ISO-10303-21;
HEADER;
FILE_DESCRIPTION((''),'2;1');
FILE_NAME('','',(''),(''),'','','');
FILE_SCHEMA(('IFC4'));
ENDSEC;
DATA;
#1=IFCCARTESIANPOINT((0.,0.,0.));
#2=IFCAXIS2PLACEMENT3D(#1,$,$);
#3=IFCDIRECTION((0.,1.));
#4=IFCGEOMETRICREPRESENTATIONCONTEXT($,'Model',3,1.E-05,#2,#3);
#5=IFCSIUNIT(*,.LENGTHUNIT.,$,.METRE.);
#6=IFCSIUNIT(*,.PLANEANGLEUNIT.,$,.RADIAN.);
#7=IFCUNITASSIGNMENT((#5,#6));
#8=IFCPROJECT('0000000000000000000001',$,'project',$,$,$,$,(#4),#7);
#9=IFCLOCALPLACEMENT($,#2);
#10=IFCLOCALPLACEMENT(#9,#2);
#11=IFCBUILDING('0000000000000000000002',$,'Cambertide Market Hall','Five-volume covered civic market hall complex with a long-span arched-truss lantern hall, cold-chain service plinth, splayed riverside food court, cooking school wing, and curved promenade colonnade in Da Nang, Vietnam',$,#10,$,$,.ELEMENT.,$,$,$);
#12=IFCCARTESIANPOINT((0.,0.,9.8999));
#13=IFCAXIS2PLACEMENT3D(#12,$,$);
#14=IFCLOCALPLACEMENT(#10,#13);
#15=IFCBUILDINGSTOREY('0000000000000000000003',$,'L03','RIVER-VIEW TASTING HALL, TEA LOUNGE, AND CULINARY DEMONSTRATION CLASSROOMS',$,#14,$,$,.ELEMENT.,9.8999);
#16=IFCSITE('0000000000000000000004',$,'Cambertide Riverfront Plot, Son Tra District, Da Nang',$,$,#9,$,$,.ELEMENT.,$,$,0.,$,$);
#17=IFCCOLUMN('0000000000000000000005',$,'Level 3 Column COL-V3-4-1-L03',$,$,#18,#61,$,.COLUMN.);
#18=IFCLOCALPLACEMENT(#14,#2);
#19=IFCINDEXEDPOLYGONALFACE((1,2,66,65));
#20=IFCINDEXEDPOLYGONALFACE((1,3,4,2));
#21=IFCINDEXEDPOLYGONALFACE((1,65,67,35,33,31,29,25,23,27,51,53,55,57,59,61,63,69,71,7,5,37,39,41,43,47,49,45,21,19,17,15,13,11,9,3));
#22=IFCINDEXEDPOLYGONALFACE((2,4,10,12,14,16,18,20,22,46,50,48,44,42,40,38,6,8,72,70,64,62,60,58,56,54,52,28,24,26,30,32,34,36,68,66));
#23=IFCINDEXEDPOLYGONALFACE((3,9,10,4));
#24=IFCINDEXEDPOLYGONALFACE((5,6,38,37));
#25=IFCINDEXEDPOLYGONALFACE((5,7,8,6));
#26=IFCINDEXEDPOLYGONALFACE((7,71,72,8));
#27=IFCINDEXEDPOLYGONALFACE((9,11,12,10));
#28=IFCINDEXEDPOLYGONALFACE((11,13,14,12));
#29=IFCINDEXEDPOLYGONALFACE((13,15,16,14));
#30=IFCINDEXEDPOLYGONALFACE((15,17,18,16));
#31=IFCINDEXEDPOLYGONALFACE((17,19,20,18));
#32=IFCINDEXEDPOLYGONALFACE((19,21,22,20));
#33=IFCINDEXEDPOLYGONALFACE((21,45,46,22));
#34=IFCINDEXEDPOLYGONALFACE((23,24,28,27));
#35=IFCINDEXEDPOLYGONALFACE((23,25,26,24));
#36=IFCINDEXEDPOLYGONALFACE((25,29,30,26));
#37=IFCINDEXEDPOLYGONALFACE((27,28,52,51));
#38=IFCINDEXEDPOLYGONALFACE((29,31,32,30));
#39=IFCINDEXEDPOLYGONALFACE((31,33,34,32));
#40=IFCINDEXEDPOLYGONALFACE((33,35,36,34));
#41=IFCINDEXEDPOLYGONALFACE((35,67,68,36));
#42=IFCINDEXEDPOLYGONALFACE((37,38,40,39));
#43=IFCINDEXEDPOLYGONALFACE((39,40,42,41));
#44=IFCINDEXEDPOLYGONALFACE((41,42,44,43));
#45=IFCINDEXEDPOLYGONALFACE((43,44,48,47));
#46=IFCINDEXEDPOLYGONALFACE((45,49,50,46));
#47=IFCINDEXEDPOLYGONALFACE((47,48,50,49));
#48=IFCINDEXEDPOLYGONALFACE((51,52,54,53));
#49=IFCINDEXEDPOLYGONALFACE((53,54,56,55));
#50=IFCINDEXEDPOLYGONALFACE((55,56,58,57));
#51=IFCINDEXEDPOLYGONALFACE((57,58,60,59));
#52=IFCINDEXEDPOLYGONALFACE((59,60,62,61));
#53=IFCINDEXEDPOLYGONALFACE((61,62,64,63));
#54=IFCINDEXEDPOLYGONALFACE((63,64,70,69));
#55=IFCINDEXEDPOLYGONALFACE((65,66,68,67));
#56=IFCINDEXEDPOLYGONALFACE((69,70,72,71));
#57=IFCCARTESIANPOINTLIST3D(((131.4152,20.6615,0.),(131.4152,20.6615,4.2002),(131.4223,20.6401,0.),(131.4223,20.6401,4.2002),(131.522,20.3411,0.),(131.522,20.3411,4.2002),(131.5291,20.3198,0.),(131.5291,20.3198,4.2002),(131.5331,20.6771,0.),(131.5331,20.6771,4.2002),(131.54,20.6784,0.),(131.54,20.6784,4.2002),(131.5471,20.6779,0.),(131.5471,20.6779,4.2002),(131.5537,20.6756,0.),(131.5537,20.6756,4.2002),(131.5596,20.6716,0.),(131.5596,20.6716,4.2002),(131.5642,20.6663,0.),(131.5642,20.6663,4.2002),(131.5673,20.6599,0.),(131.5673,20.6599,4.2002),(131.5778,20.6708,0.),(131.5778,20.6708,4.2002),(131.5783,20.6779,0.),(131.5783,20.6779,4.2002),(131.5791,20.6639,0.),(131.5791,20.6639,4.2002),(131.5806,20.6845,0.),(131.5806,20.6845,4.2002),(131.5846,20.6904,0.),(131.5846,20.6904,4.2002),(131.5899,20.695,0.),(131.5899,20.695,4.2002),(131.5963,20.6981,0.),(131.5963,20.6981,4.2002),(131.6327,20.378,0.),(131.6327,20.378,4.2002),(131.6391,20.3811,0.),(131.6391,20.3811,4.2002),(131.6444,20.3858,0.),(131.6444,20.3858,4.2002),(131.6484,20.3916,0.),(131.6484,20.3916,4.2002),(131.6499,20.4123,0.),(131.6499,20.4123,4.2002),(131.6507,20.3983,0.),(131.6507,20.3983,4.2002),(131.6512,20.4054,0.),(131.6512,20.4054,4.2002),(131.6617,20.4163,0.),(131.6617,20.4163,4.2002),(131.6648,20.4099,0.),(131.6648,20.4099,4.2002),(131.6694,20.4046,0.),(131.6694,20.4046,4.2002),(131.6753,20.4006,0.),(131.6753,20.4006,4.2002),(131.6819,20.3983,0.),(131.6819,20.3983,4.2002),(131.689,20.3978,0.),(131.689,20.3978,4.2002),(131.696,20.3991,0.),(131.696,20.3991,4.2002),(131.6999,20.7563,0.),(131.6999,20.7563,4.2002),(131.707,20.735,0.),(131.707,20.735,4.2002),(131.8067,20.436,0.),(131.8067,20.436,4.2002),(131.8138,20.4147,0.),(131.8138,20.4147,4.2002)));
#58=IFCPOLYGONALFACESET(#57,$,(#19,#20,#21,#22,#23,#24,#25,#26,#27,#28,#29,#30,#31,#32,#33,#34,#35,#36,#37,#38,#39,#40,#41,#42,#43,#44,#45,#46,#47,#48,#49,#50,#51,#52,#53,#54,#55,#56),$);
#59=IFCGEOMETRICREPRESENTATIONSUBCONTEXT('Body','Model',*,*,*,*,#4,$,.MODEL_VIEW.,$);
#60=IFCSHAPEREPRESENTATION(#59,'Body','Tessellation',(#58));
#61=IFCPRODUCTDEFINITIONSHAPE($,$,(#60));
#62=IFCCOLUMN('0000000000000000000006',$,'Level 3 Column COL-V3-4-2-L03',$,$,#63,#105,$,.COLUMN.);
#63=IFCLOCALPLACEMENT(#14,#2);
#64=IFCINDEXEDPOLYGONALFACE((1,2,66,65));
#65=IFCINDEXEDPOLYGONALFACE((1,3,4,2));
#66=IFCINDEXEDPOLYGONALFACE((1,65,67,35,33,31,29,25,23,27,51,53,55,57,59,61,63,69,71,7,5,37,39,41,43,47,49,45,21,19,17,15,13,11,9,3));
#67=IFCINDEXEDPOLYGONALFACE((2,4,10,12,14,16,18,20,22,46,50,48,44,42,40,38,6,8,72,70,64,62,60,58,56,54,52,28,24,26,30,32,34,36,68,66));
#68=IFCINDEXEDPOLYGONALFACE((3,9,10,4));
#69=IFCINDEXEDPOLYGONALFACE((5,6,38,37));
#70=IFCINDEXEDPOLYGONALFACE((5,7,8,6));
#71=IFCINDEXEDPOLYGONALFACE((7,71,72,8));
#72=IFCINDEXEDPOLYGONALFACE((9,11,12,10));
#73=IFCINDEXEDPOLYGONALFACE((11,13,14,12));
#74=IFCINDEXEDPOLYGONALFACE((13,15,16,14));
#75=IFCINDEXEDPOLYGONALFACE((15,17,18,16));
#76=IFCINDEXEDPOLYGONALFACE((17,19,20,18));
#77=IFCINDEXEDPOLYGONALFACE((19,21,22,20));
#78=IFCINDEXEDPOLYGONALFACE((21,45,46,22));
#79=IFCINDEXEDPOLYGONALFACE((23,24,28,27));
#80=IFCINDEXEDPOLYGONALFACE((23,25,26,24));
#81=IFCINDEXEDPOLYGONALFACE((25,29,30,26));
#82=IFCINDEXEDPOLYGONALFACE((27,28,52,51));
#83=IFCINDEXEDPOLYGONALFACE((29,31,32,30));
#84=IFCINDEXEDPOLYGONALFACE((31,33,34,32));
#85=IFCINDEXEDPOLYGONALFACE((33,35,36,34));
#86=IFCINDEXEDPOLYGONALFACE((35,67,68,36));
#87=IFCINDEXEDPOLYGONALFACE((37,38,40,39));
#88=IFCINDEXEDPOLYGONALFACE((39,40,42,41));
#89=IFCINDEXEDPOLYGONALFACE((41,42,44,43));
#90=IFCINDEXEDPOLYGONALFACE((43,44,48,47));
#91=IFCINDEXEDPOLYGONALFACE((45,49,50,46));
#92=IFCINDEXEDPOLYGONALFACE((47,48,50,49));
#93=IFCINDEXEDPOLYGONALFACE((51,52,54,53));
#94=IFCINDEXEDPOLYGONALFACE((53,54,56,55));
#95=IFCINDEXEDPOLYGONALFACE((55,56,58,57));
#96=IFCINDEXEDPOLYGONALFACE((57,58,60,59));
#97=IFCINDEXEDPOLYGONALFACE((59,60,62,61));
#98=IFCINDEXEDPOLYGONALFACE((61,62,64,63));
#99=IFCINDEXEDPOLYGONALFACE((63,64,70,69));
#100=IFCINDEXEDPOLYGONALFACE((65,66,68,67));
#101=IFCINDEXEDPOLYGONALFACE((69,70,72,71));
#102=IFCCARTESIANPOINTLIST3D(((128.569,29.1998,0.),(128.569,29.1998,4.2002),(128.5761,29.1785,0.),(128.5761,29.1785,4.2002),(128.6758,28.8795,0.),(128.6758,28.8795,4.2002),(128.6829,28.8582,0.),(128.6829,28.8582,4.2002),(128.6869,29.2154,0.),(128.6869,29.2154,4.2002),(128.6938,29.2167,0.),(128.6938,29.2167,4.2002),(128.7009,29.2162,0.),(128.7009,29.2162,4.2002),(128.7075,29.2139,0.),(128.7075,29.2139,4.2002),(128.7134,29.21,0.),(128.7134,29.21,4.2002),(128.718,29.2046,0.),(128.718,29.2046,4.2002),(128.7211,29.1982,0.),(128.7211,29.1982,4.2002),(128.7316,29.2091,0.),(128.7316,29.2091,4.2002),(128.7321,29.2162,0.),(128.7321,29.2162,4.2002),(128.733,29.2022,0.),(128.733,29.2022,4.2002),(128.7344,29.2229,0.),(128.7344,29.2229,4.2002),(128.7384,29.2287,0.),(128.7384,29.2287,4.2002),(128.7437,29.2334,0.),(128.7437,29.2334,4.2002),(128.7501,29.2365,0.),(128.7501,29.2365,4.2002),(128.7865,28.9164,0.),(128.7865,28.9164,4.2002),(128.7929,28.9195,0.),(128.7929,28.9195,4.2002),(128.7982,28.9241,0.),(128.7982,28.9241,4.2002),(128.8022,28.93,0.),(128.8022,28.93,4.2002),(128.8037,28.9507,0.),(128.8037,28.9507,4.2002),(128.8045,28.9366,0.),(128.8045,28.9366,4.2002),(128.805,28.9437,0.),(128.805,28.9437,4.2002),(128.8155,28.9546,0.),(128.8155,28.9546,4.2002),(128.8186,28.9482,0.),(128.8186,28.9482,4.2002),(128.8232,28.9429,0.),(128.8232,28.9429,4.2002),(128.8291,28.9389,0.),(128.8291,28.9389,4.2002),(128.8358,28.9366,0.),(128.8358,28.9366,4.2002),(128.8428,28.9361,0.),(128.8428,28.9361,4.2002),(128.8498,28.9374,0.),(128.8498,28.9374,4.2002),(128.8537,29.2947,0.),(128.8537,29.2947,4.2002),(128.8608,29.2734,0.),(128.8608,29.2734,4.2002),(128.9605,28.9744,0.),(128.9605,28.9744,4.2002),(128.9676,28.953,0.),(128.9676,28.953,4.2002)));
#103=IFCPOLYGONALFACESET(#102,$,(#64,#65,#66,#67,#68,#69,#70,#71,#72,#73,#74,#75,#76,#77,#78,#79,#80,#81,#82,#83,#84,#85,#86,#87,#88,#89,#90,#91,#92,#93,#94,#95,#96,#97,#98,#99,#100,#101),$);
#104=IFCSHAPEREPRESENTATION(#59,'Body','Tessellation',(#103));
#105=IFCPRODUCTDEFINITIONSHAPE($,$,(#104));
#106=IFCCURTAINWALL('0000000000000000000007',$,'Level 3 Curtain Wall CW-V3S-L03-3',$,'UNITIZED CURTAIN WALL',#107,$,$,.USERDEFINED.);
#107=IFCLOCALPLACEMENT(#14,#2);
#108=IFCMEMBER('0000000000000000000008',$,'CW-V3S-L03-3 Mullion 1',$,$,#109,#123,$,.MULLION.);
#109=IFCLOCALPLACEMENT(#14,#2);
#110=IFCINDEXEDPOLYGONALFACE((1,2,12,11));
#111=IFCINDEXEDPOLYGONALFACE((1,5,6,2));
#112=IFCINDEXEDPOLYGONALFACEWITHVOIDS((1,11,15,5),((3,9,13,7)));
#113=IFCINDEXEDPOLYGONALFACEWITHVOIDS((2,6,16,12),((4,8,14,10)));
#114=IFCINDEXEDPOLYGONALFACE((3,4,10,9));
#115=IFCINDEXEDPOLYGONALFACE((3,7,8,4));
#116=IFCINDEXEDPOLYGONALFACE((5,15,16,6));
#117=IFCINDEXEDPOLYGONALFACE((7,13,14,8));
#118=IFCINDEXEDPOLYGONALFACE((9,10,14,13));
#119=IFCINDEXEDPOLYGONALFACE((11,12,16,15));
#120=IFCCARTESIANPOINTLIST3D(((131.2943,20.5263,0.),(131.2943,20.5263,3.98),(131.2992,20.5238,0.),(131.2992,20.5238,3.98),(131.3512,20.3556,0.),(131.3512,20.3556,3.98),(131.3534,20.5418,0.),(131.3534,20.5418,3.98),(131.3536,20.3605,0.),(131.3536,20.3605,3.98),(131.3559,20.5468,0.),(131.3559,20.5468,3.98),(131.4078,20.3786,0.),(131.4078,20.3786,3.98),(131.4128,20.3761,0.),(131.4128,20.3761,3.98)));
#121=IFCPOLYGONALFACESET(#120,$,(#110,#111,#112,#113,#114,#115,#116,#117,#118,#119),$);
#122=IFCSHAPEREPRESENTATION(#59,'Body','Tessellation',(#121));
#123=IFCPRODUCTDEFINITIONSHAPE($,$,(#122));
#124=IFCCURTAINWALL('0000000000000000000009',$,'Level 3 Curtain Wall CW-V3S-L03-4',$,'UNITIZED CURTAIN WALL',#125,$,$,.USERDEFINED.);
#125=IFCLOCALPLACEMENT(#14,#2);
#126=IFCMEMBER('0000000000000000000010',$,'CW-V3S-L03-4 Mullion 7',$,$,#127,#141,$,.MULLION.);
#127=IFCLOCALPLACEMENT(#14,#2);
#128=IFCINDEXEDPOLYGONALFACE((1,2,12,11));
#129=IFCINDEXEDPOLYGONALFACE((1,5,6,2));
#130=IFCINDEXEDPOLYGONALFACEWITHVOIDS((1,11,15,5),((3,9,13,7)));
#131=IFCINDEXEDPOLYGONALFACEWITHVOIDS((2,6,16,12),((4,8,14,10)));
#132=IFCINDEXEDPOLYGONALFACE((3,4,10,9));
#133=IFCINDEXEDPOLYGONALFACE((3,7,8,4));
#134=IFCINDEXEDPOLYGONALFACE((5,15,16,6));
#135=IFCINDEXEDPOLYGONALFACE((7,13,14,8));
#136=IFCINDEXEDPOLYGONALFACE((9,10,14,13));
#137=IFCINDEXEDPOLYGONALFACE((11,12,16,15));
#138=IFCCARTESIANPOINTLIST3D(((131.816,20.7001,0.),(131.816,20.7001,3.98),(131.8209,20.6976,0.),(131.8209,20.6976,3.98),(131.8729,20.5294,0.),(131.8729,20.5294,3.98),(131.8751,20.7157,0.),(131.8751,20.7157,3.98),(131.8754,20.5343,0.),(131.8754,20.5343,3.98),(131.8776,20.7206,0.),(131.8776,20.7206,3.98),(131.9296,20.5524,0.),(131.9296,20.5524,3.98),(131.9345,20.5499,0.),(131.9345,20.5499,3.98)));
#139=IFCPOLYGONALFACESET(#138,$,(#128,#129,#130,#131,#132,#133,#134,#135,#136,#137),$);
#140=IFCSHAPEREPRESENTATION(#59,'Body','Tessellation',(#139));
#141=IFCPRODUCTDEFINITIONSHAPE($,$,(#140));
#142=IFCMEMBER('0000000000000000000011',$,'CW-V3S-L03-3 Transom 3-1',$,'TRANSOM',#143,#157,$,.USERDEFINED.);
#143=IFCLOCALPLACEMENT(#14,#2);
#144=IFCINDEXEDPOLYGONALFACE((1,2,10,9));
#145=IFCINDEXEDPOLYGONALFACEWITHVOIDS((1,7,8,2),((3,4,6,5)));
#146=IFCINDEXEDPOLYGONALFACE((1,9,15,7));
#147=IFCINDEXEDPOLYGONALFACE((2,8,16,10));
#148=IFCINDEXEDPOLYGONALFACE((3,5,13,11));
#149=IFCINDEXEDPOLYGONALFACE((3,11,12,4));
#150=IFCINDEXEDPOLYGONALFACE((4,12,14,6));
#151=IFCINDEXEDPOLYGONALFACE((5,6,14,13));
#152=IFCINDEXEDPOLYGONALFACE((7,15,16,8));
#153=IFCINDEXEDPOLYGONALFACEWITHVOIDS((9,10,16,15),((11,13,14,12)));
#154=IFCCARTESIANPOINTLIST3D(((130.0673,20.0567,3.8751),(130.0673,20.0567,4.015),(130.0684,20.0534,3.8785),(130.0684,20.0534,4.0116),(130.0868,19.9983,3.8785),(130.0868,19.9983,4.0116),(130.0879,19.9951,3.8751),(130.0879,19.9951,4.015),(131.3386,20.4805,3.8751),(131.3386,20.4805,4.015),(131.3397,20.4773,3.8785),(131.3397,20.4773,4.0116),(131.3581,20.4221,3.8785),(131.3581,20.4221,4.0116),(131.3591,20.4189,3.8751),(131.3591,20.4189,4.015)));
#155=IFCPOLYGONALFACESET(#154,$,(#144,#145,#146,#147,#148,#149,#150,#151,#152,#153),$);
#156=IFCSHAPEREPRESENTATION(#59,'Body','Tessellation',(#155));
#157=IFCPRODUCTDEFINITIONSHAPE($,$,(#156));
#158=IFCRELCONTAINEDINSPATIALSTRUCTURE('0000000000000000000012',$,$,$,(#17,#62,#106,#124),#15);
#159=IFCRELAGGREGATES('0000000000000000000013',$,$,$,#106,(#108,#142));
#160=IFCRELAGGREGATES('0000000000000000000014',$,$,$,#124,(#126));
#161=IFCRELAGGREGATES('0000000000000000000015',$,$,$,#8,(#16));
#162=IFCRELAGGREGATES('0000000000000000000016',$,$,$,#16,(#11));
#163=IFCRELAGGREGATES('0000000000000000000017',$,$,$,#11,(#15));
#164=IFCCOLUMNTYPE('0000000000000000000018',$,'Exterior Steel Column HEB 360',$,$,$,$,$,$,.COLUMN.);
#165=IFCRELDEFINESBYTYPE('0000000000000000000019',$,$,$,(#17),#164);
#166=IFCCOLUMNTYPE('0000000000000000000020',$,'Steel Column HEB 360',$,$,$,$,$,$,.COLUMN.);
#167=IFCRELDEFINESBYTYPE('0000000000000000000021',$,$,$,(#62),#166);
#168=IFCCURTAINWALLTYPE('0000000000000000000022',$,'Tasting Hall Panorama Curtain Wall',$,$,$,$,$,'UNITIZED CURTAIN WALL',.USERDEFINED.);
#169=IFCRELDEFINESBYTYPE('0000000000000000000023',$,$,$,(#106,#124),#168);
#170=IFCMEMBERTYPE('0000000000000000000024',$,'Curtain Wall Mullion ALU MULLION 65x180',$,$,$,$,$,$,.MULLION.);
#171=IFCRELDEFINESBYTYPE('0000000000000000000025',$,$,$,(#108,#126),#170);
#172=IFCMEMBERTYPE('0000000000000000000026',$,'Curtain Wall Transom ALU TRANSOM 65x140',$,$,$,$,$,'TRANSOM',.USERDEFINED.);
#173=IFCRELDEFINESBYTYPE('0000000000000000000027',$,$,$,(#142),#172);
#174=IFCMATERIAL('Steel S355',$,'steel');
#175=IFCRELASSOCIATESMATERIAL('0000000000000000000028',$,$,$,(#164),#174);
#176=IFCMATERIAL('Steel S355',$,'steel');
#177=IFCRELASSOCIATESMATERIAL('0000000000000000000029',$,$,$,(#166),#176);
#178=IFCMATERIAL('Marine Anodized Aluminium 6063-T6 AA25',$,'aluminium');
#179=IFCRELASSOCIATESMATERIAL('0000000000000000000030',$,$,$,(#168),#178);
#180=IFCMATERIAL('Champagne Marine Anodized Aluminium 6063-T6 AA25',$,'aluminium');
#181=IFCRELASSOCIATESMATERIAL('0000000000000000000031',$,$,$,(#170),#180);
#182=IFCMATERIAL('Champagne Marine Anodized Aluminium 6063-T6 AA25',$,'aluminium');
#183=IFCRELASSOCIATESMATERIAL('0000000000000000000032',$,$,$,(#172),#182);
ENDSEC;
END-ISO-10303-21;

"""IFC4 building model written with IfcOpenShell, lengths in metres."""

from ifc_helpers import new_model, si_unit, direction, frame, origin, origin_2d, place, context, subcontext, project, spatial, hollow_rectangle, i_section, extrude, material, material_profile, profile_set, type_object, element, aggregate, save


model = new_model("IFC4")

# Units and contexts
model_context = context("Model", 3, precision=1e-05, world=origin(), true_north=direction((0.0, 1.0)))
body_context = subcontext(model_context, "Body", "Model", "MODEL_VIEW")
ifc_project = project(units=[si_unit("LENGTHUNIT", "METRE"), si_unit("PLANEANGLEUNIT", "RADIAN")], contexts=[model_context])

# Site, building, storey
site_placement = place(None, origin())
site = spatial("IfcSite", under=ifc_project, at=site_placement, Name="Cambertide Riverfront Plot, Son Tra District, Da Nang", CompositionType="ELEMENT", RefElevation=0.0)
building_placement = place(site_placement, origin())
building = spatial("IfcBuilding", under=site, at=building_placement, Name="Cambertide Market Hall", Description="Five-volume covered civic market hall complex with a long-span arched-truss lantern hall, cold-chain service plinth, splayed riverside food court, cooking school wing, and curved promenade colonnade in Da Nang, Vietnam", CompositionType="ELEMENT")
storey_placement = place(building_placement, frame((0.0, 0.0, 9.8999)))
storey = spatial("IfcBuildingStorey", under=building, at=storey_placement, Name="L03", Description="RIVER-VIEW TASTING HALL, TEA LOUNGE, AND CULINARY DEMONSTRATION CLASSROOMS", CompositionType="ELEMENT", Elevation=9.8999)

# Columns
ifc_material_1 = material(Name="Steel S355", Category="steel")
ifc_material_profile_1 = material_profile(ifc_material_1, i_section(OverallWidth=0.3, OverallDepth=0.3601, WebThickness=0.0125, FlangeThickness=0.0225, FilletRadius=0.0271, at=origin_2d()), Name="HEB 360")
ifc_profile_set_1 = profile_set([ifc_material_profile_1], Name="Steel S355")
column_type_1 = type_object("IfcColumnType", Name="Exterior Steel Column HEB 360", PredefinedType="COLUMN", material=ifc_profile_set_1)
column_1_placement = place(storey_placement, frame((131.6145, 20.5381, 0.0), z_axis=(0.0, 0.0, 1.0), x_axis=(0.948683, 0.316228, 0.0)))
element("IfcColumn", 1, at=column_1_placement, inside=storey, type_object=column_type_1, Name="Level 3 Column COL-V3-4-1-L03", PredefinedType="COLUMN", context=body_context, shape_type="SweptSolid", body=[
    extrude(i_section(OverallWidth=0.3, OverallDepth=0.3601, WebThickness=0.0125, FlangeThickness=0.0225, FilletRadius=0.0271, at=origin_2d()), origin(), (0.0, 0.0, 1.0), 4.2002),
])
ifc_material_2 = material(Name="Steel S355", Category="steel")
ifc_material_profile_2 = material_profile(ifc_material_2, i_section(OverallWidth=0.3, OverallDepth=0.3601, WebThickness=0.0125, FlangeThickness=0.0225, FilletRadius=0.0271, at=origin_2d()), Name="HEB 360")
ifc_profile_set_2 = profile_set([ifc_material_profile_2], Name="Steel S355")
column_type_2 = type_object("IfcColumnType", Name="Steel Column HEB 360", PredefinedType="COLUMN", material=ifc_profile_set_2)
column_2_placement = place(storey_placement, frame((128.7683, 29.0764, 0.0), z_axis=(0.0, 0.0, 1.0), x_axis=(0.948683, 0.316228, 0.0)))
element("IfcColumn", 2, at=column_2_placement, inside=storey, type_object=column_type_2, Name="Level 3 Column COL-V3-4-2-L03", PredefinedType="COLUMN", context=body_context, shape_type="SweptSolid", body=[
    extrude(i_section(OverallWidth=0.3, OverallDepth=0.3601, WebThickness=0.0125, FlangeThickness=0.0225, FilletRadius=0.0271, at=origin_2d()), origin(), (0.0, 0.0, 1.0), 4.2002),
])

# Curtain walls, members
ifc_material_3 = material(Name="Marine Anodized Aluminium 6063-T6 AA25", Category="aluminium")
curtain_wall_type = type_object("IfcCurtainWallType", Name="Tasting Hall Panorama Curtain Wall", ElementType="UNITIZED CURTAIN WALL", PredefinedType="USERDEFINED", material=ifc_material_3)
curtain_wall_1_placement = place(storey_placement, origin())
curtain_wall_1 = element("IfcCurtainWall", 3, at=curtain_wall_1_placement, inside=storey, type_object=curtain_wall_type, Name="Level 3 Curtain Wall CW-V3S-L03-3", ObjectType="UNITIZED CURTAIN WALL", PredefinedType="USERDEFINED")
ifc_material_4 = material(Name="Champagne Marine Anodized Aluminium 6063-T6 AA25", Category="aluminium")
ifc_material_profile_3 = material_profile(ifc_material_4, hollow_rectangle(XDim=0.0649, YDim=0.1799, WallThickness=0.0039, at=origin_2d()), Name="ALU MULLION 65x180")
ifc_profile_set_3 = profile_set([ifc_material_profile_3], Name="Champagne Marine Anodized Aluminium 6063-T6 AA25")
member_type_1 = type_object("IfcMemberType", Name="Curtain Wall Mullion ALU MULLION 65x180", PredefinedType="MULLION", material=ifc_profile_set_3)
member_1_placement = place(storey_placement, frame((131.3535, 20.4512, 0.0), z_axis=(0.0, 0.0, 1.0), x_axis=(-0.948683, -0.316228, 0.0)))
member_1 = element("IfcMember", 4, at=member_1_placement, type_object=member_type_1, Name="CW-V3S-L03-3 Mullion 1", PredefinedType="MULLION", context=body_context, shape_type="SweptSolid", body=[
    extrude(hollow_rectangle(XDim=0.0649, YDim=0.1799, WallThickness=0.0039, at=origin_2d()), origin(), (0.0, 0.0, 1.0), 3.98),
])
curtain_wall_2_placement = place(storey_placement, origin())
curtain_wall_2 = element("IfcCurtainWall", 5, at=curtain_wall_2_placement, inside=storey, type_object=curtain_wall_type, Name="Level 3 Curtain Wall CW-V3S-L03-4", ObjectType="UNITIZED CURTAIN WALL", PredefinedType="USERDEFINED")
member_2_placement = place(storey_placement, frame((131.8752, 20.625, 0.0), z_axis=(0.0, 0.0, 1.0), x_axis=(-0.948683, -0.316228, 0.0)))
member_2 = element("IfcMember", 6, at=member_2_placement, type_object=member_type_1, Name="CW-V3S-L03-4 Mullion 7", PredefinedType="MULLION", context=body_context, shape_type="SweptSolid", body=[
    extrude(hollow_rectangle(XDim=0.0649, YDim=0.1799, WallThickness=0.0039, at=origin_2d()), origin(), (0.0, 0.0, 1.0), 3.98),
])

# Member
ifc_material_5 = material(Name="Champagne Marine Anodized Aluminium 6063-T6 AA25", Category="aluminium")
ifc_material_profile_4 = material_profile(ifc_material_5, hollow_rectangle(XDim=0.0649, YDim=0.1399, WallThickness=0.0034, at=origin_2d()), Name="ALU TRANSOM 65x140")
ifc_profile_set_4 = profile_set([ifc_material_profile_4], Name="Champagne Marine Anodized Aluminium 6063-T6 AA25")
member_type_2 = type_object("IfcMemberType", Name="Curtain Wall Transom ALU TRANSOM 65x140", ElementType="TRANSOM", PredefinedType="USERDEFINED", material=ifc_profile_set_4)
member_3_placement = place(storey_placement, frame((131.3489, 20.4497, 3.9451), z_axis=(-0.948665, -0.316282, 0.0), x_axis=(0.316282, -0.948665, 0.0)))
member_3 = element("IfcMember", 7, at=member_3_placement, type_object=member_type_2, Name="CW-V3S-L03-3 Transom 3-1", ObjectType="TRANSOM", PredefinedType="USERDEFINED", context=body_context, shape_type="SweptSolid", body=[
    extrude(hollow_rectangle(XDim=0.0649, YDim=0.1399, WallThickness=0.0034, at=origin_2d()), origin(), (0.0, 0.0, 1.0), 1.3401),
])
aggregate(curtain_wall_1, [member_1, member_3])

aggregate(curtain_wall_2, [member_2])

save(model, "model.ifc")
